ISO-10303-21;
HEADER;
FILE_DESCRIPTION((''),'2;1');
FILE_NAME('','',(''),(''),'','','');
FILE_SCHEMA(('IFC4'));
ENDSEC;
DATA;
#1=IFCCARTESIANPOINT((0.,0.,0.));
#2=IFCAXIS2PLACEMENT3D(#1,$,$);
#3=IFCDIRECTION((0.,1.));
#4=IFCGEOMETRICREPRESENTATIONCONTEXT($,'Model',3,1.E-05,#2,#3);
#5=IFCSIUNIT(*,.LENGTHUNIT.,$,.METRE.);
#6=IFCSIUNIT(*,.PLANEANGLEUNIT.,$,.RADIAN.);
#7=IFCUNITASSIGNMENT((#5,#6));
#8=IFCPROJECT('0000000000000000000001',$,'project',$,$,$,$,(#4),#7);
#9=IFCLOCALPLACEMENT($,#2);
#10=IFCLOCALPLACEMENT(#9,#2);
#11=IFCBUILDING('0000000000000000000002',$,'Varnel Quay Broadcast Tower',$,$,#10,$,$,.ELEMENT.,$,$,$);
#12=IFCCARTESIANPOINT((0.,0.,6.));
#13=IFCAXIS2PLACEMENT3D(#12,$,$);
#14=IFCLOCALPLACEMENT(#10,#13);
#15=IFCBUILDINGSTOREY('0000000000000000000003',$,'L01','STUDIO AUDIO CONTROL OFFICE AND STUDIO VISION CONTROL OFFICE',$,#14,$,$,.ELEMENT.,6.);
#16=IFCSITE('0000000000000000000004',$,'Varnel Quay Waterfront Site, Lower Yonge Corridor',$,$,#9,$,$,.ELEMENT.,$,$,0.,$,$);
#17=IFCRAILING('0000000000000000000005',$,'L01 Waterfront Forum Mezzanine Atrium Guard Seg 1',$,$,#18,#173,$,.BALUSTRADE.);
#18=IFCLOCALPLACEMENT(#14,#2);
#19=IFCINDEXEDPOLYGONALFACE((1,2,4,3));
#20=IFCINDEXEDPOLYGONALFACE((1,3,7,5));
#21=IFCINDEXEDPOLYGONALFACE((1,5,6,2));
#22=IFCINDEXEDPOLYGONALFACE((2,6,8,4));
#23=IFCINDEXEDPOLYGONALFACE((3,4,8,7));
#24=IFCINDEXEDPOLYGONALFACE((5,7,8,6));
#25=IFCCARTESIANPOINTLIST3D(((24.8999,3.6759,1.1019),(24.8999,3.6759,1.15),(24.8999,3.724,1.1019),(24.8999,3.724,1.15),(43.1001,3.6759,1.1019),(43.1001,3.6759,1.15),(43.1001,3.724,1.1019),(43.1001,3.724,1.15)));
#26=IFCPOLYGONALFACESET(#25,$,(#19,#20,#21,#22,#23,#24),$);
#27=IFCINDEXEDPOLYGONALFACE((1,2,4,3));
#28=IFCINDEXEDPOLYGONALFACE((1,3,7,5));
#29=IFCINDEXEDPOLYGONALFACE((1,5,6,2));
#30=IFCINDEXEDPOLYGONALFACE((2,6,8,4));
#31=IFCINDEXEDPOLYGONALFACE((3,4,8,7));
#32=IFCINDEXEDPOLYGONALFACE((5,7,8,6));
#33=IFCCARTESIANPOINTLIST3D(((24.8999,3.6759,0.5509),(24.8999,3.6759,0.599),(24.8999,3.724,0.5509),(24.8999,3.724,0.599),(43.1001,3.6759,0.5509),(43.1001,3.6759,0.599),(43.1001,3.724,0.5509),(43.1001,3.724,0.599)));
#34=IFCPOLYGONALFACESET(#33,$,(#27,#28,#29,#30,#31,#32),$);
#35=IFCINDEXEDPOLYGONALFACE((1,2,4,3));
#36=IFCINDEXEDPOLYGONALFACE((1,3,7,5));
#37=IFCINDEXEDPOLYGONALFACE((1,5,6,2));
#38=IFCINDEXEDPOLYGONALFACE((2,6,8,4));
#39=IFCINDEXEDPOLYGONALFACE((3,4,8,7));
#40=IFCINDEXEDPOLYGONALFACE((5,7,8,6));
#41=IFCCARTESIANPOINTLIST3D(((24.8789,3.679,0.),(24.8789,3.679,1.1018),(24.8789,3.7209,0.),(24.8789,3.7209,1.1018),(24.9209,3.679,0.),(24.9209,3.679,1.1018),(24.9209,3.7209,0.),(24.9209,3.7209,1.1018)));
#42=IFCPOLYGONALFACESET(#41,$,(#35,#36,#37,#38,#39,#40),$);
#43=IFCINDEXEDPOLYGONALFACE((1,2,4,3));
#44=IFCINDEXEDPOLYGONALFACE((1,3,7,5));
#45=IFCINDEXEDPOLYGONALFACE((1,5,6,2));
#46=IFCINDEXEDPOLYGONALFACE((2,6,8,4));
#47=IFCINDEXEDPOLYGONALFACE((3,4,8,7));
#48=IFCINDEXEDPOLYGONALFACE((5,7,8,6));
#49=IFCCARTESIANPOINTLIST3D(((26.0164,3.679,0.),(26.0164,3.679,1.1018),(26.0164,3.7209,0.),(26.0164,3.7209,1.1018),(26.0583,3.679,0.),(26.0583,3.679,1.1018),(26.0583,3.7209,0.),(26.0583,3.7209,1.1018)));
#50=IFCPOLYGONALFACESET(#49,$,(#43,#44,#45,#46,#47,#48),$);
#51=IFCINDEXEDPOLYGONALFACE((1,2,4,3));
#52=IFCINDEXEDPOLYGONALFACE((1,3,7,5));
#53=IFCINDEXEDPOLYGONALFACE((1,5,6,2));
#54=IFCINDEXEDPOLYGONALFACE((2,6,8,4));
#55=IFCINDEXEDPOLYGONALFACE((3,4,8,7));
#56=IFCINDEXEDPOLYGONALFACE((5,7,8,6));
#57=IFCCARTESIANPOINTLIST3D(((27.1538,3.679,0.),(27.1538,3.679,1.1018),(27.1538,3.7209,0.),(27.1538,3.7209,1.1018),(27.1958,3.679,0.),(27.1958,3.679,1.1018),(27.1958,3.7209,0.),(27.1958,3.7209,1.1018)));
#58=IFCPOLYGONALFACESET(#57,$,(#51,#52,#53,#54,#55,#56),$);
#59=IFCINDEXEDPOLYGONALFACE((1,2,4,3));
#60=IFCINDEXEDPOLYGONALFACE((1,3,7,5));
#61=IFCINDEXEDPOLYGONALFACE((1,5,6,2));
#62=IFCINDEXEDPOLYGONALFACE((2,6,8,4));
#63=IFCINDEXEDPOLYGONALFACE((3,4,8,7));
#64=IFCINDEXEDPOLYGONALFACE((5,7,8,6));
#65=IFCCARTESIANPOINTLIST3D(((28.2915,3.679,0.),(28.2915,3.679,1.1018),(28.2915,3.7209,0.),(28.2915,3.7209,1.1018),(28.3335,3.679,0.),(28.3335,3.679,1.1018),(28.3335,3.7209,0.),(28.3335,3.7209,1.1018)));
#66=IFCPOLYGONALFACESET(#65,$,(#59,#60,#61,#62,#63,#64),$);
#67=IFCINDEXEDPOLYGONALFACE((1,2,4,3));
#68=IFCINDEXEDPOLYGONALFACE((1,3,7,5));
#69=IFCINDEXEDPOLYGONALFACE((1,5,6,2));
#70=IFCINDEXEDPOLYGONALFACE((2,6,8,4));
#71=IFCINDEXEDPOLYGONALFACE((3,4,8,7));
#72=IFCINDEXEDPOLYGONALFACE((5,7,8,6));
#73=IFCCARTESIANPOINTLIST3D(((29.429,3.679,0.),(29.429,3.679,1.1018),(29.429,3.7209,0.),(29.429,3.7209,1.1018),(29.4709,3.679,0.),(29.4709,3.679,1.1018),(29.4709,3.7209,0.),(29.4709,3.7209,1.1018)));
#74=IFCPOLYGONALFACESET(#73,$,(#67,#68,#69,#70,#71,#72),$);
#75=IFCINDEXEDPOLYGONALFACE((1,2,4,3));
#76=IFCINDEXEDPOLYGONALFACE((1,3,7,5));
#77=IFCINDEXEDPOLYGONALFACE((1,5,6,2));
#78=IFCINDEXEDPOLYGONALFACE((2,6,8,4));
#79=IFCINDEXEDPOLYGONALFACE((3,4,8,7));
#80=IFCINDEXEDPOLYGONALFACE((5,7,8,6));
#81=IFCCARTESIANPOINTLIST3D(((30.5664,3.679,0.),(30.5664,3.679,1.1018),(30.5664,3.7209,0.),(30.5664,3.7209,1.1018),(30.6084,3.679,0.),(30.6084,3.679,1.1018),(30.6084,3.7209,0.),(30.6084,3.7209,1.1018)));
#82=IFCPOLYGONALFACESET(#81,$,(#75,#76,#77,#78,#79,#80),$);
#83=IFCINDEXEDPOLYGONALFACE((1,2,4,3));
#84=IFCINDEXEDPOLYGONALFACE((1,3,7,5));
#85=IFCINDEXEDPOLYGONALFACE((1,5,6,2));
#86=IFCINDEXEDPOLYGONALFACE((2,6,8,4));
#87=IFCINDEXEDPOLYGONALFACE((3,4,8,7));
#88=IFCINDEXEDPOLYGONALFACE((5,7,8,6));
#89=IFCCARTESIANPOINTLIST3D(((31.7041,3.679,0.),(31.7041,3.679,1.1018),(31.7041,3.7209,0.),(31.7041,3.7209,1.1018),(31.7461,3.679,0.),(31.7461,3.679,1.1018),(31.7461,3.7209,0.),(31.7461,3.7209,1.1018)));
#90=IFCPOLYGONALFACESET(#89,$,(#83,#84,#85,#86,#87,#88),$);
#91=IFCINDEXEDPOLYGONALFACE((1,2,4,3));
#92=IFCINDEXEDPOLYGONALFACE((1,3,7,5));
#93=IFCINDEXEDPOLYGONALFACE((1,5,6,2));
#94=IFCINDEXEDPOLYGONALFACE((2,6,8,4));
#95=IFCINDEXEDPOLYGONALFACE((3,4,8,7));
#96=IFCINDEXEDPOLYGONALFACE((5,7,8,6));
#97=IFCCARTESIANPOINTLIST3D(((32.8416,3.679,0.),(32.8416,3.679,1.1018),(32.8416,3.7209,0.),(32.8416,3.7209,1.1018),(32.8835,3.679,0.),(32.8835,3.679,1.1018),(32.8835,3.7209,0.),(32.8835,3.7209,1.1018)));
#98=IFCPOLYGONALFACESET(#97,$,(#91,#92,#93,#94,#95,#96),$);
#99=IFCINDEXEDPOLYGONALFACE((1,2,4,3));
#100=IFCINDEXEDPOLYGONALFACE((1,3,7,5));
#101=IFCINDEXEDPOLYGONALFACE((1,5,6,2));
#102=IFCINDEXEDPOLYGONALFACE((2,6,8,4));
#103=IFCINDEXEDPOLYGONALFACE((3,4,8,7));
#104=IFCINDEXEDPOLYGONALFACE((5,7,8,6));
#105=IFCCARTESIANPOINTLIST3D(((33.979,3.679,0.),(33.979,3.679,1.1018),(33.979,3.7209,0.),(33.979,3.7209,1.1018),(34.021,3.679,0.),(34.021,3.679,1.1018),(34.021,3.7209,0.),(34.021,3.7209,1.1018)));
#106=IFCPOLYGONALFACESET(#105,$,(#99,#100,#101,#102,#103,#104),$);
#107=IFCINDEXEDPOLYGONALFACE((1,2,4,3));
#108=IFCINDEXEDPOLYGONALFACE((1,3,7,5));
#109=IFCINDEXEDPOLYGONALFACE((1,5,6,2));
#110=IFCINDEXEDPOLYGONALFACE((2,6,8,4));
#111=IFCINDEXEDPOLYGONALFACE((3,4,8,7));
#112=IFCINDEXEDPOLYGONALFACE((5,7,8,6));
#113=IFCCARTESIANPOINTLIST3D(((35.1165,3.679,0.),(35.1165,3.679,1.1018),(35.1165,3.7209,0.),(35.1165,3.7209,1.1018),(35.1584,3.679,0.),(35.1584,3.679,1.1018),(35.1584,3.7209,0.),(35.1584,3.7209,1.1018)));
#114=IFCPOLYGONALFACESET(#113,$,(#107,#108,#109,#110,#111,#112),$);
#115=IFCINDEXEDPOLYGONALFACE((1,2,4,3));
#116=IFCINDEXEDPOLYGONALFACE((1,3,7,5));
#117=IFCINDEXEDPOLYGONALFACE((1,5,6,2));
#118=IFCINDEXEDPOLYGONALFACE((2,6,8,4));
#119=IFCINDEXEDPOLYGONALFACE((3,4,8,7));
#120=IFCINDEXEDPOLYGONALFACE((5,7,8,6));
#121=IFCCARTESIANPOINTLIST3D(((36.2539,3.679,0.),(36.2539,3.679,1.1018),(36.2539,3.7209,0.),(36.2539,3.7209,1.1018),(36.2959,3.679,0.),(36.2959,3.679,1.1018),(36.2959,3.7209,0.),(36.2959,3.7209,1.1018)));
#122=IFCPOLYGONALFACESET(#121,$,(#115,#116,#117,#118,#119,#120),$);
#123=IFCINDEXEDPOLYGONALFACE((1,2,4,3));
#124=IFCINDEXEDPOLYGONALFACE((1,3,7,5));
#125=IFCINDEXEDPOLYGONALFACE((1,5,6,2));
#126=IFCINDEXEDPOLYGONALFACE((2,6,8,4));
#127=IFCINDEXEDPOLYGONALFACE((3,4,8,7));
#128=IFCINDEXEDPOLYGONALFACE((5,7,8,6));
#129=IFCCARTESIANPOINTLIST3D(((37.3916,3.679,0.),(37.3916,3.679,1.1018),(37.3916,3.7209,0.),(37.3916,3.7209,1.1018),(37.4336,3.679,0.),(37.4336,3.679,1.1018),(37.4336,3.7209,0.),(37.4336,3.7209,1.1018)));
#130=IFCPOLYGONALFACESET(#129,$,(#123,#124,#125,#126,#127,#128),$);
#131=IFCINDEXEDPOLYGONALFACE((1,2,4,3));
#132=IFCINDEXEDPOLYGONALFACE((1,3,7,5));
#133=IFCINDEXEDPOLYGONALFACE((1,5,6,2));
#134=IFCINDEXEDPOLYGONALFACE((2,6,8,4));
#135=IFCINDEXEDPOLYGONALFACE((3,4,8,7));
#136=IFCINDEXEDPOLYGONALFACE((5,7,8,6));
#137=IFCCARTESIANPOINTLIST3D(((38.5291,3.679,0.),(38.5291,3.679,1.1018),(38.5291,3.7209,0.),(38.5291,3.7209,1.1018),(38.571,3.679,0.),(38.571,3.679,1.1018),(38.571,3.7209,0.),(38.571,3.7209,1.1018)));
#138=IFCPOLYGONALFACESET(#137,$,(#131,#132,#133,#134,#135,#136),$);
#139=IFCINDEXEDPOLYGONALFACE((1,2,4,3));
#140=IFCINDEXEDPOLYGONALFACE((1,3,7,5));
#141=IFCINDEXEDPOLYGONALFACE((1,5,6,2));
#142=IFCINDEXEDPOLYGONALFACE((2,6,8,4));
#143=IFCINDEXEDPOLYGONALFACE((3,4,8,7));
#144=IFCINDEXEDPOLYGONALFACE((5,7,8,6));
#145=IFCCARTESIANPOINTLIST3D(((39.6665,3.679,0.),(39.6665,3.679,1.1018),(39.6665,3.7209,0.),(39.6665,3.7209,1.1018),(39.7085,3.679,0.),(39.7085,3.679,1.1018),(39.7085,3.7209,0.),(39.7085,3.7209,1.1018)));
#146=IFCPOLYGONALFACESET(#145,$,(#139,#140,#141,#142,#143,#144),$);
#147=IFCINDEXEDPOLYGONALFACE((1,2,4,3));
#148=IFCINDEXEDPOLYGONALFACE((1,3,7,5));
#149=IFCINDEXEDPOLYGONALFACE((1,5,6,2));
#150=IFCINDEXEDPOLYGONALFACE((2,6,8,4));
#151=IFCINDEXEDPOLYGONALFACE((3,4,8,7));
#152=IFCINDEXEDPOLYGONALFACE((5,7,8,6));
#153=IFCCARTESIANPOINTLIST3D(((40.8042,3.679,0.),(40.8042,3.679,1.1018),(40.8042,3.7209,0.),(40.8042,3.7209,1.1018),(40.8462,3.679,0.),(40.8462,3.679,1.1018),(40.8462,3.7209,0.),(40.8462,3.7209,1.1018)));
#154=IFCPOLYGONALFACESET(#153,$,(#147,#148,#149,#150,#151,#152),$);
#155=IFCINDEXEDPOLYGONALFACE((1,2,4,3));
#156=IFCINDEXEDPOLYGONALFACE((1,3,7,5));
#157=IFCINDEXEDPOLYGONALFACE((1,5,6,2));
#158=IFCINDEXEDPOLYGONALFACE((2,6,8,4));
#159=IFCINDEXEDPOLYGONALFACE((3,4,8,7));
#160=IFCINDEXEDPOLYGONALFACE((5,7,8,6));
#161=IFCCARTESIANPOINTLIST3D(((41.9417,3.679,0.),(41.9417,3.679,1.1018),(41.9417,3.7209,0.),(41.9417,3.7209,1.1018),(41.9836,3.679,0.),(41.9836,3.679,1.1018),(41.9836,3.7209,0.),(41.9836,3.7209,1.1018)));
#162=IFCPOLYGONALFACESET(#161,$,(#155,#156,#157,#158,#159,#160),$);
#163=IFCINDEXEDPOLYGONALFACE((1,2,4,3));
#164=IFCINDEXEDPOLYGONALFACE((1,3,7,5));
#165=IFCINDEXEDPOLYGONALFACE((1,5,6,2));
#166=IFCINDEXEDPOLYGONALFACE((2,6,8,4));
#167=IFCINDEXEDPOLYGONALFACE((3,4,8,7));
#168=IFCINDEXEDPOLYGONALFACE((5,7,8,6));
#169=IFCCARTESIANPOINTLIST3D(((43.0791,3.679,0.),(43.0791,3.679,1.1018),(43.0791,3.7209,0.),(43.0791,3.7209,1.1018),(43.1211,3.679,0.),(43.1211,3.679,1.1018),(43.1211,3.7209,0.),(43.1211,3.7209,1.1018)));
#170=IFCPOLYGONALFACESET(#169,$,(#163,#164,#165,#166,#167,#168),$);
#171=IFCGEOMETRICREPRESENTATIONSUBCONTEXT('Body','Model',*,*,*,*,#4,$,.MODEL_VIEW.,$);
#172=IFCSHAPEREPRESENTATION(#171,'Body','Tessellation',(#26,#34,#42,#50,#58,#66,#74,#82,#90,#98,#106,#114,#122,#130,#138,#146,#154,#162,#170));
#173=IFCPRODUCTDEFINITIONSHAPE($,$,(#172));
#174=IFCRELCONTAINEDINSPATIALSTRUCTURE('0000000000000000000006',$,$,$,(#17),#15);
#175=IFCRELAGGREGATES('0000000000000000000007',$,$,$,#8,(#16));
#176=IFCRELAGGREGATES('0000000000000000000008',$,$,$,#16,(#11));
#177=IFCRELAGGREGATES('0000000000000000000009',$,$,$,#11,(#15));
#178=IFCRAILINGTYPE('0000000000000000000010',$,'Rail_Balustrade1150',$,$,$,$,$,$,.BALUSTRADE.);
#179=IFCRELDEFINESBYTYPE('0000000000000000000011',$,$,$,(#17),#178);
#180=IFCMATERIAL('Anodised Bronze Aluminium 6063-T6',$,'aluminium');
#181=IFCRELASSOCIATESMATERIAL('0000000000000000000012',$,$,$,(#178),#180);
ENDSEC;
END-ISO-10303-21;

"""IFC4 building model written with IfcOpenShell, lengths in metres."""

from ifc_helpers import new_model, si_unit, direction, frame, origin, origin_2d, place, context, subcontext, project, spatial, rectangle, extrude, material, type_object, element, save


model = new_model("IFC4")

# Units and contexts
model_context = context("Model", 3, precision=1e-05, world=origin(), true_north=direction((0.0, 1.0)))
body_context = subcontext(model_context, "Body", "Model", "MODEL_VIEW")
ifc_project = project(units=[si_unit("LENGTHUNIT", "METRE"), si_unit("PLANEANGLEUNIT", "RADIAN")], contexts=[model_context])

# Site, building, storey
site_placement = place(None, origin())
site = spatial("IfcSite", under=ifc_project, at=site_placement, Name="Varnel Quay Waterfront Site, Lower Yonge Corridor", CompositionType="ELEMENT", RefElevation=0.0)
building_placement = place(site_placement, origin())
building = spatial("IfcBuilding", under=site, at=building_placement, Name="Varnel Quay Broadcast Tower", CompositionType="ELEMENT")
storey_placement = place(building_placement, frame((0.0, 0.0, 6.0)))
storey = spatial("IfcBuildingStorey", under=building, at=storey_placement, Name="L01", Description="STUDIO AUDIO CONTROL OFFICE AND STUDIO VISION CONTROL OFFICE", CompositionType="ELEMENT", Elevation=6.0)

# Railing
ifc_material_1 = material(Name="Anodised Bronze Aluminium 6063-T6", Category="aluminium")
railing_type = type_object("IfcRailingType", Name="Rail_Balustrade1150", PredefinedType="BALUSTRADE", material=ifc_material_1)
railing_1_placement = place(storey_placement, frame((24.8999, 3.7, 0.0)))
element("IfcRailing", 1, at=railing_1_placement, inside=storey, type_object=railing_type, Name="L01 Waterfront Forum Mezzanine Atrium Guard Seg 1", PredefinedType="BALUSTRADE", context=body_context, shape_type="SweptSolid", body=[
    extrude(rectangle(XDim=0.0481, YDim=0.0481, at=origin_2d()), frame((0.0, 0.0, 1.126), z_axis=(1.0, 0.0, 0.0), x_axis=(0.0, 1.0, 0.0)), (0.0, 0.0, 1.0), 18.2002),
    extrude(rectangle(XDim=0.0481, YDim=0.0481, at=origin_2d()), frame((0.0, 0.0, 0.575), z_axis=(1.0, 0.0, 0.0), x_axis=(0.0, 1.0, 0.0)), (0.0, 0.0, 1.0), 18.2002),
    extrude(rectangle(XDim=0.042, YDim=0.042, at=origin_2d()), origin(), (0.0, 0.0, 1.0), 1.1018),
    extrude(rectangle(XDim=0.042, YDim=0.042, at=origin_2d()), frame((1.1375, 0.0, 0.0)), (0.0, 0.0, 1.0), 1.1018),
    extrude(rectangle(XDim=0.042, YDim=0.042, at=origin_2d()), frame((2.2749, 0.0, 0.0)), (0.0, 0.0, 1.0), 1.1018),
    extrude(rectangle(XDim=0.042, YDim=0.042, at=origin_2d()), frame((3.4126, 0.0, 0.0)), (0.0, 0.0, 1.0), 1.1018),
    extrude(rectangle(XDim=0.042, YDim=0.042, at=origin_2d()), frame((4.55, 0.0, 0.0)), (0.0, 0.0, 1.0), 1.1018),
    extrude(rectangle(XDim=0.042, YDim=0.042, at=origin_2d()), frame((5.6875, 0.0, 0.0)), (0.0, 0.0, 1.0), 1.1018),
    extrude(rectangle(XDim=0.042, YDim=0.042, at=origin_2d()), frame((6.8252, 0.0, 0.0)), (0.0, 0.0, 1.0), 1.1018),
    extrude(rectangle(XDim=0.042, YDim=0.042, at=origin_2d()), frame((7.9626, 0.0, 0.0)), (0.0, 0.0, 1.0), 1.1018),
    extrude(rectangle(XDim=0.042, YDim=0.042, at=origin_2d()), frame((9.1001, 0.0, 0.0)), (0.0, 0.0, 1.0), 1.1018),
    extrude(rectangle(XDim=0.042, YDim=0.042, at=origin_2d()), frame((10.2375, 0.0, 0.0)), (0.0, 0.0, 1.0), 1.1018),
    extrude(rectangle(XDim=0.042, YDim=0.042, at=origin_2d()), frame((11.375, 0.0, 0.0)), (0.0, 0.0, 1.0), 1.1018),
    extrude(rectangle(XDim=0.042, YDim=0.042, at=origin_2d()), frame((12.5127, 0.0, 0.0)), (0.0, 0.0, 1.0), 1.1018),
    extrude(rectangle(XDim=0.042, YDim=0.042, at=origin_2d()), frame((13.6501, 0.0, 0.0)), (0.0, 0.0, 1.0), 1.1018),
    extrude(rectangle(XDim=0.042, YDim=0.042, at=origin_2d()), frame((14.7876, 0.0, 0.0)), (0.0, 0.0, 1.0), 1.1018),
    extrude(rectangle(XDim=0.042, YDim=0.042, at=origin_2d()), frame((15.9253, 0.0, 0.0)), (0.0, 0.0, 1.0), 1.1018),
    extrude(rectangle(XDim=0.042, YDim=0.042, at=origin_2d()), frame((17.0627, 0.0, 0.0)), (0.0, 0.0, 1.0), 1.1018),
    extrude(rectangle(XDim=0.042, YDim=0.042, at=origin_2d()), frame((18.2002, 0.0, 0.0)), (0.0, 0.0, 1.0), 1.1018),
])

save(model, "model.ifc")
